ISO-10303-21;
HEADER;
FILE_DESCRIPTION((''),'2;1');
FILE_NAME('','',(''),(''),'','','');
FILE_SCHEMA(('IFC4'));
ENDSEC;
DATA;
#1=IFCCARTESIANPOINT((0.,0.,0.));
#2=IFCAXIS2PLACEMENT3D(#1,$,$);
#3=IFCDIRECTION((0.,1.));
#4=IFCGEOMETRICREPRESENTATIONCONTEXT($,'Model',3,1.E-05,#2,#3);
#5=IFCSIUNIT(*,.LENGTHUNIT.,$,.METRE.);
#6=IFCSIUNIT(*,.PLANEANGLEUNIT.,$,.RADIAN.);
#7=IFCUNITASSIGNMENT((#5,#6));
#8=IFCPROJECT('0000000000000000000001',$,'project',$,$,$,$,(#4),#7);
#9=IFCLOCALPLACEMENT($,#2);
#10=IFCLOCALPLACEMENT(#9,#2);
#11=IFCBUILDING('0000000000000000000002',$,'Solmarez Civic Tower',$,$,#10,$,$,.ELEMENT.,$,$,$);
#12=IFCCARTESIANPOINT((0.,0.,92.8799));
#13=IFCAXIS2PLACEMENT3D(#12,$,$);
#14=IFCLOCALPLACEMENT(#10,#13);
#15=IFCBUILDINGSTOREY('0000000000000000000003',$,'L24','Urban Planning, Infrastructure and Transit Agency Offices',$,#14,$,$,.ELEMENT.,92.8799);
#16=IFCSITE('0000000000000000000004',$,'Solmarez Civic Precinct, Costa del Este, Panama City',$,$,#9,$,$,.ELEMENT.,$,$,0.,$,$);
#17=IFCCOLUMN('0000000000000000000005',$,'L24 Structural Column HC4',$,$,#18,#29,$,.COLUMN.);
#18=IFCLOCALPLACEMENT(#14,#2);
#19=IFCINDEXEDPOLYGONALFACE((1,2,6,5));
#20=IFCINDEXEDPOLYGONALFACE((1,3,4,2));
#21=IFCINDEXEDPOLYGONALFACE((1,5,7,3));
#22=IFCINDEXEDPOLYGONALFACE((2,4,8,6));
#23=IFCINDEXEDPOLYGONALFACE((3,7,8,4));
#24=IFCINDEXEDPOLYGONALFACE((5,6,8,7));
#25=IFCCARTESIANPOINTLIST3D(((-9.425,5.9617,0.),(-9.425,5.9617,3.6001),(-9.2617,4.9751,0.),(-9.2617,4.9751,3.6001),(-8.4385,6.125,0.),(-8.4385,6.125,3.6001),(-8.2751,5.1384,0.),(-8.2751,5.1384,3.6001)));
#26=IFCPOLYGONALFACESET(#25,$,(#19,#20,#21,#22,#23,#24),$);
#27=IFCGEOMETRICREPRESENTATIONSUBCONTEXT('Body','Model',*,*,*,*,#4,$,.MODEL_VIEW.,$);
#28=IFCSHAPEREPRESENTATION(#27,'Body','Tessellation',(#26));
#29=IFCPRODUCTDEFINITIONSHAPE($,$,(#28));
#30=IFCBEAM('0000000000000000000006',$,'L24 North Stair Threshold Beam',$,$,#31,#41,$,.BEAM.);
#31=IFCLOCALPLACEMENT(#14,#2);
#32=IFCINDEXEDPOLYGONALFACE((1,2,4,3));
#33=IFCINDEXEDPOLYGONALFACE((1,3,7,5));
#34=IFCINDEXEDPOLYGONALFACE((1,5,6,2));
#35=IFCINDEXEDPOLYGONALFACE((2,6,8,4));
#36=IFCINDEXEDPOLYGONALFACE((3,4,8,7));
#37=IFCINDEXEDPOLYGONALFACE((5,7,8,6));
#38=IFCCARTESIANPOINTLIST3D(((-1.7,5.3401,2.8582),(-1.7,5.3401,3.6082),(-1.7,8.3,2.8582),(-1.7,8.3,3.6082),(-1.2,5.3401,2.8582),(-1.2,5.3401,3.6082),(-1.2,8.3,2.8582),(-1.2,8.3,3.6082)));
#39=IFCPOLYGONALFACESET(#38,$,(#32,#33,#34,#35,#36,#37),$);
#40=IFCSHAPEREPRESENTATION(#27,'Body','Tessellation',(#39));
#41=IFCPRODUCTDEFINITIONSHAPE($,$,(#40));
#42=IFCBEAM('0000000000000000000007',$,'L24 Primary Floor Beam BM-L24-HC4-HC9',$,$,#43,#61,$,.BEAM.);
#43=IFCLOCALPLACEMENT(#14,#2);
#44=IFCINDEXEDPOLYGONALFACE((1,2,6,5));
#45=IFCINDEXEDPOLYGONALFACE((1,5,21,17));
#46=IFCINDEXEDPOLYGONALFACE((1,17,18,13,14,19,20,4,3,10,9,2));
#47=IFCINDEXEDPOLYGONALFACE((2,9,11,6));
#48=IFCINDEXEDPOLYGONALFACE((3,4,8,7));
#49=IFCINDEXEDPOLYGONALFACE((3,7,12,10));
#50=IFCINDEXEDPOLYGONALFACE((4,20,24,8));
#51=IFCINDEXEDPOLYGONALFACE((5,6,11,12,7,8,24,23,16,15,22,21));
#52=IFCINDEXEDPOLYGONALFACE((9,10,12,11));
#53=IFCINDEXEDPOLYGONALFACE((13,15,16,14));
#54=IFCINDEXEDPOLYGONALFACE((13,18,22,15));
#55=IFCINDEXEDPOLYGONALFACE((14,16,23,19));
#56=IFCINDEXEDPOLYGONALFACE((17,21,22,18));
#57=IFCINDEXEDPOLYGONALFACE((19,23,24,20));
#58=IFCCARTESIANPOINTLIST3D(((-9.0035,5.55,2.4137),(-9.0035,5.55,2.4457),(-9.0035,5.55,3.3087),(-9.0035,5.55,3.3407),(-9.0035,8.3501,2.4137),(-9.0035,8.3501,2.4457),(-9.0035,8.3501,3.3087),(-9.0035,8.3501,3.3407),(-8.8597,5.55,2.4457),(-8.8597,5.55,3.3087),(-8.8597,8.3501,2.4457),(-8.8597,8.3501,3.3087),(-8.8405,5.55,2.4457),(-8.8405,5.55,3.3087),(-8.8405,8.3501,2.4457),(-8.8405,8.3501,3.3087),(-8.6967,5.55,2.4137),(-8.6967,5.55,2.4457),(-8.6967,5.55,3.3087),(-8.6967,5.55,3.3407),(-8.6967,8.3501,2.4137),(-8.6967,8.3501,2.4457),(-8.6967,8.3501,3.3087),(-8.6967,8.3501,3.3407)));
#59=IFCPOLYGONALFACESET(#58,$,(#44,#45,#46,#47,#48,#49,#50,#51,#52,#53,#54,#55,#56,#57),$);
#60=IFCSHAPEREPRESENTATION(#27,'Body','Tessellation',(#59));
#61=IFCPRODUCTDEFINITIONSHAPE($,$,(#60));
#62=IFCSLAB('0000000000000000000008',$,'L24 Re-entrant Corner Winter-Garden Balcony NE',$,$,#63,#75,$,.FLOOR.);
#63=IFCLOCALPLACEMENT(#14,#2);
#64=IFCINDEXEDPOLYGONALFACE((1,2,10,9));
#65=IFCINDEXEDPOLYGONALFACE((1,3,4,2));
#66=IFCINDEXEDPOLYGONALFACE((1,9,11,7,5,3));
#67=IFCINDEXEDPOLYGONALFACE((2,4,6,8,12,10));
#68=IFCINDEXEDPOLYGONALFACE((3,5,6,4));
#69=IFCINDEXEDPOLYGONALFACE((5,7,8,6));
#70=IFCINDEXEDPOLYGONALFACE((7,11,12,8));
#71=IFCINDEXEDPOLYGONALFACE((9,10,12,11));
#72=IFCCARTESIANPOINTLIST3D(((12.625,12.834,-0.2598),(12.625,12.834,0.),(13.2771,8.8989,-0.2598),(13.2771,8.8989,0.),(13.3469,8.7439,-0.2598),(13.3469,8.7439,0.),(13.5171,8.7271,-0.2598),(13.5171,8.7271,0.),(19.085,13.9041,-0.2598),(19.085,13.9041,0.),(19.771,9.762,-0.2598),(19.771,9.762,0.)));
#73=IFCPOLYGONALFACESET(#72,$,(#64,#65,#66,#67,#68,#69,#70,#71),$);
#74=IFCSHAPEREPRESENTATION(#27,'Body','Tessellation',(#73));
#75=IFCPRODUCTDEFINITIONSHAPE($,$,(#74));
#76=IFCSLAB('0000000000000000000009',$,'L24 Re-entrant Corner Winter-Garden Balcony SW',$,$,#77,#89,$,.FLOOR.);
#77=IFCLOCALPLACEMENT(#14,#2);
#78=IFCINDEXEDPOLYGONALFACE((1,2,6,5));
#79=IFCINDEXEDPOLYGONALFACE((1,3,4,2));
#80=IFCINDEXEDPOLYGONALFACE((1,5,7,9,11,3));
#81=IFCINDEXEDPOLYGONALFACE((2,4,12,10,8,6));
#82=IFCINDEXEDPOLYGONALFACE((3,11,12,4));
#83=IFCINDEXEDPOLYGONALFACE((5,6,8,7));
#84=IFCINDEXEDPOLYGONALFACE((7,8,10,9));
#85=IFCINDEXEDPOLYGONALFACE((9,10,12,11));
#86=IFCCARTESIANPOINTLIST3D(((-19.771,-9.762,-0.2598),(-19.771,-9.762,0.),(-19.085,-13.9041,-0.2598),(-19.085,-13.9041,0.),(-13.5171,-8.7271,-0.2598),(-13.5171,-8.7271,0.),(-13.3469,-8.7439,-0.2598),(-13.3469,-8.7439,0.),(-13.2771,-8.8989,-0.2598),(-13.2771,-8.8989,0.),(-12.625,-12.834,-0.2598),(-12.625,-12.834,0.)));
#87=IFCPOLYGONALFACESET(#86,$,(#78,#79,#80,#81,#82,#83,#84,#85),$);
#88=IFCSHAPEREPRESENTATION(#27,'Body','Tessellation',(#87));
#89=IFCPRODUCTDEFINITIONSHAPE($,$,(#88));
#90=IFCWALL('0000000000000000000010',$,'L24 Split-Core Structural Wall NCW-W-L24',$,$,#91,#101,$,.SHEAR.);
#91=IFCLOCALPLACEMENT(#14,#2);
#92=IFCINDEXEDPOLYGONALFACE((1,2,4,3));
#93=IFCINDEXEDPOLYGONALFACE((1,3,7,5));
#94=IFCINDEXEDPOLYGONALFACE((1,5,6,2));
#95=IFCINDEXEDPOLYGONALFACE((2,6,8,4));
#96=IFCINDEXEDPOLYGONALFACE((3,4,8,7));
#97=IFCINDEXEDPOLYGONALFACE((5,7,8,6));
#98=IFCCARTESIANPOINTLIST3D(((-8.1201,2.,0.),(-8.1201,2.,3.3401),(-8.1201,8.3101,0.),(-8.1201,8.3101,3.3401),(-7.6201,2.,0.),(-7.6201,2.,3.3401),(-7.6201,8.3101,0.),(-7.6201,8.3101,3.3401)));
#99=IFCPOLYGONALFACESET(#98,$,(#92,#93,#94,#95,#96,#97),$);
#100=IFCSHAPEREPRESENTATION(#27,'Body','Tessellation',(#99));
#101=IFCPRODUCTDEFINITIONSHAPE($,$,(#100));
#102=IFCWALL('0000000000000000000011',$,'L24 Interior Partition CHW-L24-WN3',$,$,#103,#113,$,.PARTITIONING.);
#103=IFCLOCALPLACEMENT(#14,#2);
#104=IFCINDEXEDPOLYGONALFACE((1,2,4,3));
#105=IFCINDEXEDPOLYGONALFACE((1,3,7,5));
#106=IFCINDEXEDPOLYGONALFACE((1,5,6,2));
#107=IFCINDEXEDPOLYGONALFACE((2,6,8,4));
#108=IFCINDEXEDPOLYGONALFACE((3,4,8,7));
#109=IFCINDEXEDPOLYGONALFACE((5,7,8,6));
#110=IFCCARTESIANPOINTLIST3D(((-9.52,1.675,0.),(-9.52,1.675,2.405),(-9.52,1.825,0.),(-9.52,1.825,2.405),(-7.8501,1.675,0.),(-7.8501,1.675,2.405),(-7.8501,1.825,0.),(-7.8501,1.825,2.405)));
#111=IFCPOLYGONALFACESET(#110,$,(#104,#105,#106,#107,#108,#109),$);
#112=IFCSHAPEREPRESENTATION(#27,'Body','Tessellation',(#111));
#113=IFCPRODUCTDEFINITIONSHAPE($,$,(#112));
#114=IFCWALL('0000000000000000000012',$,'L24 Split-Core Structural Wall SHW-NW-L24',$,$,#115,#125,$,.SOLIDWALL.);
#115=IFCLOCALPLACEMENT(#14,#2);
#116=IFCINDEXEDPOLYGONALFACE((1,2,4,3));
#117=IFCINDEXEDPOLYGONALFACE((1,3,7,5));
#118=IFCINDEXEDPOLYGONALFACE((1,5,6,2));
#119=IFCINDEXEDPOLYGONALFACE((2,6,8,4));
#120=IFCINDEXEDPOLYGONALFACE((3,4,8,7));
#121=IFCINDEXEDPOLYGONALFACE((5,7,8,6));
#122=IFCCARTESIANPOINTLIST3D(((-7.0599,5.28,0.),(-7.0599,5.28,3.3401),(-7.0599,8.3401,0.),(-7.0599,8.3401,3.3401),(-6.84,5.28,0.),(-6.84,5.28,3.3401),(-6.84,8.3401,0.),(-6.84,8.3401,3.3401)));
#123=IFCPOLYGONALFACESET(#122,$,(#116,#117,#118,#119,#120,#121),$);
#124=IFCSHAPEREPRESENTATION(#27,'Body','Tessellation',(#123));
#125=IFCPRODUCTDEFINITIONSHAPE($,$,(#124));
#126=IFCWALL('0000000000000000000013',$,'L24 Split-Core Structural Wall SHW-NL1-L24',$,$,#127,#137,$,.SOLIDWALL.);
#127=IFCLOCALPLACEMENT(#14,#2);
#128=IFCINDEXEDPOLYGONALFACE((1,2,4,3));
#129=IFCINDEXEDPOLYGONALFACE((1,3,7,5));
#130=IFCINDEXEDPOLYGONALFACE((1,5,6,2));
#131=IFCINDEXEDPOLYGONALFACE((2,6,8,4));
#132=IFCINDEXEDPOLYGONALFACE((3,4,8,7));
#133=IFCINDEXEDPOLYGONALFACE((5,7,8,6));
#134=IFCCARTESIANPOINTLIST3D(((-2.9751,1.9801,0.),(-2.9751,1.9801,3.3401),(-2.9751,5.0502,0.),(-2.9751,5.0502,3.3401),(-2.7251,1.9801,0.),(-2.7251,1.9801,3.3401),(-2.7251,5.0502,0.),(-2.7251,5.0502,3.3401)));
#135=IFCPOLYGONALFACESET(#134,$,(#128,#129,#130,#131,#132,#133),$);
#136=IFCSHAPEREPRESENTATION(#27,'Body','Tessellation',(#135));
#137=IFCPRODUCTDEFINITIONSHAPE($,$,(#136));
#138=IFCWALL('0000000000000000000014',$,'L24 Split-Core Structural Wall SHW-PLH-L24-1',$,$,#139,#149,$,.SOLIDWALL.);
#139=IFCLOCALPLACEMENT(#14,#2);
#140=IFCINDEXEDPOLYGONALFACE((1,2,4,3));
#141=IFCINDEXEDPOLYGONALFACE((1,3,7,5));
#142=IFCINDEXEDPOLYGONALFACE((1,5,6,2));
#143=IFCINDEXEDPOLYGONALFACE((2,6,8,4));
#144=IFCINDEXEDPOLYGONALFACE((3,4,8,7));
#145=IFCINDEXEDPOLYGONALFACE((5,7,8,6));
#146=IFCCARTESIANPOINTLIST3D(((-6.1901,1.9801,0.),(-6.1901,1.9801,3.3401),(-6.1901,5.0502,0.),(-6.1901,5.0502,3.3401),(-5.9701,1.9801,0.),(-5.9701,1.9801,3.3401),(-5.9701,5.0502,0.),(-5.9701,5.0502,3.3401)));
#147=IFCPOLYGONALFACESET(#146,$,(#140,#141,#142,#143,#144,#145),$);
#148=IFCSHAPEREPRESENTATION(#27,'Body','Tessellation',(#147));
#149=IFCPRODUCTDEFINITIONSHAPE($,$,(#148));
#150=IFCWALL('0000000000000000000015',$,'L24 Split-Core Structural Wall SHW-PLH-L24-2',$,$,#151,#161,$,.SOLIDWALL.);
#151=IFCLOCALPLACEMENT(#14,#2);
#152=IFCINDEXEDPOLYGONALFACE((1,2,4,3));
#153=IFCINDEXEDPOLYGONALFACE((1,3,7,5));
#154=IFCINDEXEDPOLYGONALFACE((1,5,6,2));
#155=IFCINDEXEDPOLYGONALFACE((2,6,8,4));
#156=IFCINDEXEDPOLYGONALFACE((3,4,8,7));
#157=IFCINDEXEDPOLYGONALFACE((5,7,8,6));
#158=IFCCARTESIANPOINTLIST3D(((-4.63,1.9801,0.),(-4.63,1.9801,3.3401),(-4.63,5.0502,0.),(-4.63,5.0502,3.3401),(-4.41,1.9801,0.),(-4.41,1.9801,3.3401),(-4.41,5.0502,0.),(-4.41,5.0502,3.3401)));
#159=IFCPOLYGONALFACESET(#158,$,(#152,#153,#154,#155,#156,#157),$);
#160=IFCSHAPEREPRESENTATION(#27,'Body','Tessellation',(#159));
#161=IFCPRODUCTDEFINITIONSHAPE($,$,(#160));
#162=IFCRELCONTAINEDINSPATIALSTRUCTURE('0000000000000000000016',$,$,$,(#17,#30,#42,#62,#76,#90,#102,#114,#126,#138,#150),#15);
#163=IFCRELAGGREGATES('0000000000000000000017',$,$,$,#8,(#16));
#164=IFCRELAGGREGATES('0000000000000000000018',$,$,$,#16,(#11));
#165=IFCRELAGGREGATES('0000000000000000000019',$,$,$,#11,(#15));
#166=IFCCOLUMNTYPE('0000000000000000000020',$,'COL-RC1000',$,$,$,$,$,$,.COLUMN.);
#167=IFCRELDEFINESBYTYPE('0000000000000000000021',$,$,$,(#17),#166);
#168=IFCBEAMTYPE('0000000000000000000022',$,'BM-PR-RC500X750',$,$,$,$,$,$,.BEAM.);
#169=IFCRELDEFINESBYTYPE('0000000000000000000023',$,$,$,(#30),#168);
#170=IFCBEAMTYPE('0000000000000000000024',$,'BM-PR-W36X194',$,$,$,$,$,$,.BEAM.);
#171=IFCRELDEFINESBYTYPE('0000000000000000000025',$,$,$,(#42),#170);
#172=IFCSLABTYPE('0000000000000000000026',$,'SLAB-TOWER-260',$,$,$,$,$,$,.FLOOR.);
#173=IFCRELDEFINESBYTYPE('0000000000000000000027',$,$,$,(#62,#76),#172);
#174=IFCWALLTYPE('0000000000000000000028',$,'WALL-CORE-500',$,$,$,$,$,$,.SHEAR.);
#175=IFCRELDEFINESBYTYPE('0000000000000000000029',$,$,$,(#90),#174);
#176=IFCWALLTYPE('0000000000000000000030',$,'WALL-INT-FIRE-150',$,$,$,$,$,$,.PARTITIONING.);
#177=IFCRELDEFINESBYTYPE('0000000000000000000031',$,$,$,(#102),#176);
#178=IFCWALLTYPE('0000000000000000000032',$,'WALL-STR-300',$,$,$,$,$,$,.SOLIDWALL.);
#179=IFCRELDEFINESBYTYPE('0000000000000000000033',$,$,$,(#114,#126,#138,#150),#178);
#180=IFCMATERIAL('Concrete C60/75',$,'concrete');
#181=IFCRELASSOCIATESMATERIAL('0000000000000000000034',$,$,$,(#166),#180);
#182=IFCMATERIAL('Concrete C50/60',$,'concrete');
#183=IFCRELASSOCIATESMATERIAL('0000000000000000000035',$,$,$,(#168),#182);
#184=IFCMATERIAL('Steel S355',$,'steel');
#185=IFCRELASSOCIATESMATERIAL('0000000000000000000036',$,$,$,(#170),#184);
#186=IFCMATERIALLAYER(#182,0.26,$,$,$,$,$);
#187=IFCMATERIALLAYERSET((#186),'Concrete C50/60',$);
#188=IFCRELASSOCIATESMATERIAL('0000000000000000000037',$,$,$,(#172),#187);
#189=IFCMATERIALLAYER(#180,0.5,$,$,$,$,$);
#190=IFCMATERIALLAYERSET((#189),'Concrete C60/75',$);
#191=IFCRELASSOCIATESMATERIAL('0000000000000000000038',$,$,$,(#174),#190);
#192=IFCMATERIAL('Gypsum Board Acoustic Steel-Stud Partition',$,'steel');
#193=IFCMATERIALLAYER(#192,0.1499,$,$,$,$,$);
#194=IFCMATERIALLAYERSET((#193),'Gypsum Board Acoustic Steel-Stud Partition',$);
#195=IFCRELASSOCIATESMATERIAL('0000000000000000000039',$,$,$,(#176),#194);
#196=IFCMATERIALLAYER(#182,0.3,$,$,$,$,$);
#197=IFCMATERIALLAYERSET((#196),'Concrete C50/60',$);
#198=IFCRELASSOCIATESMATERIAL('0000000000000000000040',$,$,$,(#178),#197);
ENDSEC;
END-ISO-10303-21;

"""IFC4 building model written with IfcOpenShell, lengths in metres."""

from ifc_helpers import new_model, si_unit, direction, frame, frame_2d, origin, origin_2d, place, context, subcontext, project, spatial, polyline, rectangle, i_section, outline, extrude, material, layer, layer_set, material_profile, profile_set, type_object, element, save


model = new_model("IFC4")

# Units and contexts
model_context = context("Model", 3, precision=1e-05, world=origin(), true_north=direction((0.0, 1.0)))
body_context = subcontext(model_context, "Body", "Model", "MODEL_VIEW")
ifc_project = project(units=[si_unit("LENGTHUNIT", "METRE"), si_unit("PLANEANGLEUNIT", "RADIAN")], contexts=[model_context])

# Site, building, storey
site_placement = place(None, origin())
site = spatial("IfcSite", under=ifc_project, at=site_placement, Name="Solmarez Civic Precinct, Costa del Este, Panama City", CompositionType="ELEMENT", RefElevation=0.0)
building_placement = place(site_placement, origin())
building = spatial("IfcBuilding", under=site, at=building_placement, Name="Solmarez Civic Tower", CompositionType="ELEMENT")
storey_placement = place(building_placement, frame((0.0, 0.0, 92.8799)))
storey = spatial("IfcBuildingStorey", under=building, at=storey_placement, Name="L24", Description="Urban Planning, Infrastructure and Transit Agency Offices", CompositionType="ELEMENT", Elevation=92.8799)

# Column
ifc_material_1 = material(Name="Concrete C60/75", Category="concrete")
ifc_material_profile_1 = material_profile(ifc_material_1, rectangle(XDim=1.0, YDim=1.0, at=origin_2d()), Name="RC1000X1000")
ifc_profile_set_1 = profile_set([ifc_material_profile_1], Name="Concrete C60/75")
column_type = type_object("IfcColumnType", Name="COL-RC1000", PredefinedType="COLUMN", material=ifc_profile_set_1)
column_placement = place(storey_placement, frame((-8.8501, 5.55, 0.0), z_axis=(0.0, 0.0, 1.0), x_axis=(0.986572, 0.163326, 0.0)))
element("IfcColumn", 1, at=column_placement, inside=storey, type_object=column_type, Name="L24 Structural Column HC4", PredefinedType="COLUMN", context=body_context, shape_type="SweptSolid", body=[
    extrude(rectangle(XDim=1.0, YDim=1.0, at=origin_2d()), origin(), (0.0, 0.0, 1.0), 3.6001),
])

# Beams
ifc_material_2 = material(Name="Concrete C50/60", Category="concrete")
ifc_material_profile_2 = material_profile(ifc_material_2, rectangle(XDim=0.5, YDim=0.75, at=origin_2d()), Name="RC500X750")
ifc_profile_set_2 = profile_set([ifc_material_profile_2], Name="Concrete C50/60")
beam_type_1 = type_object("IfcBeamType", Name="BM-PR-RC500X750", PredefinedType="BEAM", material=ifc_profile_set_2)
beam_1_placement = place(storey_placement, frame((-1.45, 5.3401, 3.2332), z_axis=(0.0, 1.0, 0.0), x_axis=(-1.0, 0.0, 0.0)))
element("IfcBeam", 2, at=beam_1_placement, inside=storey, type_object=beam_type_1, Name="L24 North Stair Threshold Beam", PredefinedType="BEAM", context=body_context, shape_type="SweptSolid", body=[
    extrude(rectangle(XDim=0.5, YDim=0.75, at=origin_2d()), origin(), (0.0, 0.0, 1.0), 2.96),
])
ifc_material_3 = material(Name="Steel S355", Category="steel")
ifc_material_profile_3 = material_profile(ifc_material_3, i_section(OverallWidth=0.3069, OverallDepth=0.927, WebThickness=0.0193, FlangeThickness=0.032, at=origin_2d()), Name="W36X194")
ifc_profile_set_3 = profile_set([ifc_material_profile_3], Name="Steel S355")
beam_type_2 = type_object("IfcBeamType", Name="BM-PR-W36X194", PredefinedType="BEAM", material=ifc_profile_set_3)
beam_2_placement = place(storey_placement, frame((-8.8501, 5.55, 2.8772), z_axis=(0.0, 1.0, 0.0), x_axis=(-1.0, 0.0, 0.0)))
element("IfcBeam", 3, at=beam_2_placement, inside=storey, type_object=beam_type_2, Name="L24 Primary Floor Beam BM-L24-HC4-HC9", PredefinedType="BEAM", context=body_context, shape_type="SweptSolid", body=[
    extrude(i_section(OverallWidth=0.3069, OverallDepth=0.927, WebThickness=0.0193, FlangeThickness=0.032, at=origin_2d()), origin(), (0.0, 0.0, 1.0), 2.8),
])

# Slabs
ifc_layer_1 = layer(ifc_material_2, 0.26)
ifc_layer_set_1 = layer_set([ifc_layer_1], Name="Concrete C50/60")
slab_type = type_object("IfcSlabType", Name="SLAB-TOWER-260", PredefinedType="FLOOR", material=ifc_layer_set_1)
slab_1_placement = place(storey_placement, frame((0.0, 0.0, -0.2598)))
element("IfcSlab", 4, at=slab_1_placement, inside=storey, type_object=slab_type, Name="L24 Re-entrant Corner Winter-Garden Balcony NE", PredefinedType="FLOOR", context=body_context, shape_type="SweptSolid", body=[
    extrude(outline(polyline([(12.625, 12.834), (13.2771, 8.8989), (13.3469, 8.7439), (13.5171, 8.7271), (19.771, 9.762), (19.085, 13.9041), (12.625, 12.834)])), origin(), (0.0, 0.0, 1.0), 0.2598),
])
slab_2_placement = place(storey_placement, frame((0.0, 0.0, -0.2598)))
element("IfcSlab", 5, at=slab_2_placement, inside=storey, type_object=slab_type, Name="L24 Re-entrant Corner Winter-Garden Balcony SW", PredefinedType="FLOOR", context=body_context, shape_type="SweptSolid", body=[
    extrude(outline(polyline([(-12.625, -12.834), (-13.2771, -8.8989), (-13.3469, -8.7439), (-13.5171, -8.7271), (-19.771, -9.762), (-19.085, -13.9041), (-12.625, -12.834)])), origin(), (0.0, 0.0, 1.0), 0.2598),
])

# Walls
ifc_layer_2 = layer(ifc_material_1, 0.5)
ifc_layer_set_2 = layer_set([ifc_layer_2], Name="Concrete C60/75")
wall_type_1 = type_object("IfcWallType", Name="WALL-CORE-500", PredefinedType="SHEAR", material=ifc_layer_set_2)
wall_1_placement = place(storey_placement, frame((-7.8701, 2.0, 0.0), z_axis=(0.0, 0.0, 1.0), x_axis=(0.0, 1.0, 0.0)))
element("IfcWall", 6, at=wall_1_placement, inside=storey, type_object=wall_type_1, Name="L24 Split-Core Structural Wall NCW-W-L24", PredefinedType="SHEAR", context=body_context, shape_type="SweptSolid", body=[
    extrude(rectangle(XDim=6.3101, YDim=0.5, at=frame_2d((3.155, 0.0))), origin(), (0.0, 0.0, 1.0), 3.3401),
])
ifc_material_4 = material(Name="Gypsum Board Acoustic Steel-Stud Partition", Category="steel")
ifc_layer_3 = layer(ifc_material_4, 0.1499)
ifc_layer_set_3 = layer_set([ifc_layer_3], Name="Gypsum Board Acoustic Steel-Stud Partition")
wall_type_2 = type_object("IfcWallType", Name="WALL-INT-FIRE-150", PredefinedType="PARTITIONING", material=ifc_layer_set_3)
wall_2_placement = place(storey_placement, frame((-7.8501, 1.75, 0.0), z_axis=(0.0, 0.0, 1.0), x_axis=(-1.0, 0.0, 0.0)))
element("IfcWall", 7, at=wall_2_placement, inside=storey, type_object=wall_type_2, Name="L24 Interior Partition CHW-L24-WN3", PredefinedType="PARTITIONING", context=body_context, shape_type="SweptSolid", body=[
    extrude(rectangle(XDim=1.6699, YDim=0.1499, at=frame_2d((0.835, 0.0))), origin(), (0.0, 0.0, 1.0), 2.405),
])
ifc_layer_4 = layer(ifc_material_2, 0.3)
ifc_layer_set_4 = layer_set([ifc_layer_4], Name="Concrete C50/60")
wall_type_3 = type_object("IfcWallType", Name="WALL-STR-300", PredefinedType="SOLIDWALL", material=ifc_layer_set_4)
wall_3_placement = place(storey_placement, frame((-6.95, 5.28, 0.0), z_axis=(0.0, 0.0, 1.0), x_axis=(0.0, 1.0, 0.0)))
element("IfcWall", 8, at=wall_3_placement, inside=storey, type_object=wall_type_3, Name="L24 Split-Core Structural Wall SHW-NW-L24", PredefinedType="SOLIDWALL", context=body_context, shape_type="SweptSolid", body=[
    extrude(rectangle(XDim=3.0601, YDim=0.22, at=frame_2d((1.53, 0.0))), origin(), (0.0, 0.0, 1.0), 3.3401),
])
wall_4_placement = place(storey_placement, frame((-2.8501, 1.98, 0.0), z_axis=(0.0, 0.0, 1.0), x_axis=(0.0, 1.0, 0.0)))
element("IfcWall", 9, at=wall_4_placement, inside=storey, type_object=wall_type_3, Name="L24 Split-Core Structural Wall SHW-NL1-L24", PredefinedType="SOLIDWALL", context=body_context, shape_type="SweptSolid", body=[
    extrude(rectangle(XDim=3.0701, YDim=0.25, at=frame_2d((1.5352, 0.0))), origin(), (0.0, 0.0, 1.0), 3.3401),
])
for number, where, z_axis, x_axis, name in (
    (10, (-6.0801, 1.98, 0.0), (0.0, 0.0, 1.0), (0.0, 1.0, 0.0), "L24 Split-Core Structural Wall SHW-PLH-L24-1"),
    (11, (-4.52, 1.98, 0.0), (0.0, 0.0, 1.0), (0.0, 1.0, 0.0), "L24 Split-Core Structural Wall SHW-PLH-L24-2"),
):
    element("IfcWall", number, at=place(storey_placement, frame(where, z_axis=z_axis, x_axis=x_axis)), inside=storey, type_object=wall_type_3, Name=name, PredefinedType="SOLIDWALL", context=body_context, shape_type="SweptSolid", body=[
        extrude(rectangle(XDim=3.0701, YDim=0.22, at=frame_2d((1.5352, 0.0))), origin(), (0.0, 0.0, 1.0), 3.3401),
    ])

save(model, "model.ifc")
